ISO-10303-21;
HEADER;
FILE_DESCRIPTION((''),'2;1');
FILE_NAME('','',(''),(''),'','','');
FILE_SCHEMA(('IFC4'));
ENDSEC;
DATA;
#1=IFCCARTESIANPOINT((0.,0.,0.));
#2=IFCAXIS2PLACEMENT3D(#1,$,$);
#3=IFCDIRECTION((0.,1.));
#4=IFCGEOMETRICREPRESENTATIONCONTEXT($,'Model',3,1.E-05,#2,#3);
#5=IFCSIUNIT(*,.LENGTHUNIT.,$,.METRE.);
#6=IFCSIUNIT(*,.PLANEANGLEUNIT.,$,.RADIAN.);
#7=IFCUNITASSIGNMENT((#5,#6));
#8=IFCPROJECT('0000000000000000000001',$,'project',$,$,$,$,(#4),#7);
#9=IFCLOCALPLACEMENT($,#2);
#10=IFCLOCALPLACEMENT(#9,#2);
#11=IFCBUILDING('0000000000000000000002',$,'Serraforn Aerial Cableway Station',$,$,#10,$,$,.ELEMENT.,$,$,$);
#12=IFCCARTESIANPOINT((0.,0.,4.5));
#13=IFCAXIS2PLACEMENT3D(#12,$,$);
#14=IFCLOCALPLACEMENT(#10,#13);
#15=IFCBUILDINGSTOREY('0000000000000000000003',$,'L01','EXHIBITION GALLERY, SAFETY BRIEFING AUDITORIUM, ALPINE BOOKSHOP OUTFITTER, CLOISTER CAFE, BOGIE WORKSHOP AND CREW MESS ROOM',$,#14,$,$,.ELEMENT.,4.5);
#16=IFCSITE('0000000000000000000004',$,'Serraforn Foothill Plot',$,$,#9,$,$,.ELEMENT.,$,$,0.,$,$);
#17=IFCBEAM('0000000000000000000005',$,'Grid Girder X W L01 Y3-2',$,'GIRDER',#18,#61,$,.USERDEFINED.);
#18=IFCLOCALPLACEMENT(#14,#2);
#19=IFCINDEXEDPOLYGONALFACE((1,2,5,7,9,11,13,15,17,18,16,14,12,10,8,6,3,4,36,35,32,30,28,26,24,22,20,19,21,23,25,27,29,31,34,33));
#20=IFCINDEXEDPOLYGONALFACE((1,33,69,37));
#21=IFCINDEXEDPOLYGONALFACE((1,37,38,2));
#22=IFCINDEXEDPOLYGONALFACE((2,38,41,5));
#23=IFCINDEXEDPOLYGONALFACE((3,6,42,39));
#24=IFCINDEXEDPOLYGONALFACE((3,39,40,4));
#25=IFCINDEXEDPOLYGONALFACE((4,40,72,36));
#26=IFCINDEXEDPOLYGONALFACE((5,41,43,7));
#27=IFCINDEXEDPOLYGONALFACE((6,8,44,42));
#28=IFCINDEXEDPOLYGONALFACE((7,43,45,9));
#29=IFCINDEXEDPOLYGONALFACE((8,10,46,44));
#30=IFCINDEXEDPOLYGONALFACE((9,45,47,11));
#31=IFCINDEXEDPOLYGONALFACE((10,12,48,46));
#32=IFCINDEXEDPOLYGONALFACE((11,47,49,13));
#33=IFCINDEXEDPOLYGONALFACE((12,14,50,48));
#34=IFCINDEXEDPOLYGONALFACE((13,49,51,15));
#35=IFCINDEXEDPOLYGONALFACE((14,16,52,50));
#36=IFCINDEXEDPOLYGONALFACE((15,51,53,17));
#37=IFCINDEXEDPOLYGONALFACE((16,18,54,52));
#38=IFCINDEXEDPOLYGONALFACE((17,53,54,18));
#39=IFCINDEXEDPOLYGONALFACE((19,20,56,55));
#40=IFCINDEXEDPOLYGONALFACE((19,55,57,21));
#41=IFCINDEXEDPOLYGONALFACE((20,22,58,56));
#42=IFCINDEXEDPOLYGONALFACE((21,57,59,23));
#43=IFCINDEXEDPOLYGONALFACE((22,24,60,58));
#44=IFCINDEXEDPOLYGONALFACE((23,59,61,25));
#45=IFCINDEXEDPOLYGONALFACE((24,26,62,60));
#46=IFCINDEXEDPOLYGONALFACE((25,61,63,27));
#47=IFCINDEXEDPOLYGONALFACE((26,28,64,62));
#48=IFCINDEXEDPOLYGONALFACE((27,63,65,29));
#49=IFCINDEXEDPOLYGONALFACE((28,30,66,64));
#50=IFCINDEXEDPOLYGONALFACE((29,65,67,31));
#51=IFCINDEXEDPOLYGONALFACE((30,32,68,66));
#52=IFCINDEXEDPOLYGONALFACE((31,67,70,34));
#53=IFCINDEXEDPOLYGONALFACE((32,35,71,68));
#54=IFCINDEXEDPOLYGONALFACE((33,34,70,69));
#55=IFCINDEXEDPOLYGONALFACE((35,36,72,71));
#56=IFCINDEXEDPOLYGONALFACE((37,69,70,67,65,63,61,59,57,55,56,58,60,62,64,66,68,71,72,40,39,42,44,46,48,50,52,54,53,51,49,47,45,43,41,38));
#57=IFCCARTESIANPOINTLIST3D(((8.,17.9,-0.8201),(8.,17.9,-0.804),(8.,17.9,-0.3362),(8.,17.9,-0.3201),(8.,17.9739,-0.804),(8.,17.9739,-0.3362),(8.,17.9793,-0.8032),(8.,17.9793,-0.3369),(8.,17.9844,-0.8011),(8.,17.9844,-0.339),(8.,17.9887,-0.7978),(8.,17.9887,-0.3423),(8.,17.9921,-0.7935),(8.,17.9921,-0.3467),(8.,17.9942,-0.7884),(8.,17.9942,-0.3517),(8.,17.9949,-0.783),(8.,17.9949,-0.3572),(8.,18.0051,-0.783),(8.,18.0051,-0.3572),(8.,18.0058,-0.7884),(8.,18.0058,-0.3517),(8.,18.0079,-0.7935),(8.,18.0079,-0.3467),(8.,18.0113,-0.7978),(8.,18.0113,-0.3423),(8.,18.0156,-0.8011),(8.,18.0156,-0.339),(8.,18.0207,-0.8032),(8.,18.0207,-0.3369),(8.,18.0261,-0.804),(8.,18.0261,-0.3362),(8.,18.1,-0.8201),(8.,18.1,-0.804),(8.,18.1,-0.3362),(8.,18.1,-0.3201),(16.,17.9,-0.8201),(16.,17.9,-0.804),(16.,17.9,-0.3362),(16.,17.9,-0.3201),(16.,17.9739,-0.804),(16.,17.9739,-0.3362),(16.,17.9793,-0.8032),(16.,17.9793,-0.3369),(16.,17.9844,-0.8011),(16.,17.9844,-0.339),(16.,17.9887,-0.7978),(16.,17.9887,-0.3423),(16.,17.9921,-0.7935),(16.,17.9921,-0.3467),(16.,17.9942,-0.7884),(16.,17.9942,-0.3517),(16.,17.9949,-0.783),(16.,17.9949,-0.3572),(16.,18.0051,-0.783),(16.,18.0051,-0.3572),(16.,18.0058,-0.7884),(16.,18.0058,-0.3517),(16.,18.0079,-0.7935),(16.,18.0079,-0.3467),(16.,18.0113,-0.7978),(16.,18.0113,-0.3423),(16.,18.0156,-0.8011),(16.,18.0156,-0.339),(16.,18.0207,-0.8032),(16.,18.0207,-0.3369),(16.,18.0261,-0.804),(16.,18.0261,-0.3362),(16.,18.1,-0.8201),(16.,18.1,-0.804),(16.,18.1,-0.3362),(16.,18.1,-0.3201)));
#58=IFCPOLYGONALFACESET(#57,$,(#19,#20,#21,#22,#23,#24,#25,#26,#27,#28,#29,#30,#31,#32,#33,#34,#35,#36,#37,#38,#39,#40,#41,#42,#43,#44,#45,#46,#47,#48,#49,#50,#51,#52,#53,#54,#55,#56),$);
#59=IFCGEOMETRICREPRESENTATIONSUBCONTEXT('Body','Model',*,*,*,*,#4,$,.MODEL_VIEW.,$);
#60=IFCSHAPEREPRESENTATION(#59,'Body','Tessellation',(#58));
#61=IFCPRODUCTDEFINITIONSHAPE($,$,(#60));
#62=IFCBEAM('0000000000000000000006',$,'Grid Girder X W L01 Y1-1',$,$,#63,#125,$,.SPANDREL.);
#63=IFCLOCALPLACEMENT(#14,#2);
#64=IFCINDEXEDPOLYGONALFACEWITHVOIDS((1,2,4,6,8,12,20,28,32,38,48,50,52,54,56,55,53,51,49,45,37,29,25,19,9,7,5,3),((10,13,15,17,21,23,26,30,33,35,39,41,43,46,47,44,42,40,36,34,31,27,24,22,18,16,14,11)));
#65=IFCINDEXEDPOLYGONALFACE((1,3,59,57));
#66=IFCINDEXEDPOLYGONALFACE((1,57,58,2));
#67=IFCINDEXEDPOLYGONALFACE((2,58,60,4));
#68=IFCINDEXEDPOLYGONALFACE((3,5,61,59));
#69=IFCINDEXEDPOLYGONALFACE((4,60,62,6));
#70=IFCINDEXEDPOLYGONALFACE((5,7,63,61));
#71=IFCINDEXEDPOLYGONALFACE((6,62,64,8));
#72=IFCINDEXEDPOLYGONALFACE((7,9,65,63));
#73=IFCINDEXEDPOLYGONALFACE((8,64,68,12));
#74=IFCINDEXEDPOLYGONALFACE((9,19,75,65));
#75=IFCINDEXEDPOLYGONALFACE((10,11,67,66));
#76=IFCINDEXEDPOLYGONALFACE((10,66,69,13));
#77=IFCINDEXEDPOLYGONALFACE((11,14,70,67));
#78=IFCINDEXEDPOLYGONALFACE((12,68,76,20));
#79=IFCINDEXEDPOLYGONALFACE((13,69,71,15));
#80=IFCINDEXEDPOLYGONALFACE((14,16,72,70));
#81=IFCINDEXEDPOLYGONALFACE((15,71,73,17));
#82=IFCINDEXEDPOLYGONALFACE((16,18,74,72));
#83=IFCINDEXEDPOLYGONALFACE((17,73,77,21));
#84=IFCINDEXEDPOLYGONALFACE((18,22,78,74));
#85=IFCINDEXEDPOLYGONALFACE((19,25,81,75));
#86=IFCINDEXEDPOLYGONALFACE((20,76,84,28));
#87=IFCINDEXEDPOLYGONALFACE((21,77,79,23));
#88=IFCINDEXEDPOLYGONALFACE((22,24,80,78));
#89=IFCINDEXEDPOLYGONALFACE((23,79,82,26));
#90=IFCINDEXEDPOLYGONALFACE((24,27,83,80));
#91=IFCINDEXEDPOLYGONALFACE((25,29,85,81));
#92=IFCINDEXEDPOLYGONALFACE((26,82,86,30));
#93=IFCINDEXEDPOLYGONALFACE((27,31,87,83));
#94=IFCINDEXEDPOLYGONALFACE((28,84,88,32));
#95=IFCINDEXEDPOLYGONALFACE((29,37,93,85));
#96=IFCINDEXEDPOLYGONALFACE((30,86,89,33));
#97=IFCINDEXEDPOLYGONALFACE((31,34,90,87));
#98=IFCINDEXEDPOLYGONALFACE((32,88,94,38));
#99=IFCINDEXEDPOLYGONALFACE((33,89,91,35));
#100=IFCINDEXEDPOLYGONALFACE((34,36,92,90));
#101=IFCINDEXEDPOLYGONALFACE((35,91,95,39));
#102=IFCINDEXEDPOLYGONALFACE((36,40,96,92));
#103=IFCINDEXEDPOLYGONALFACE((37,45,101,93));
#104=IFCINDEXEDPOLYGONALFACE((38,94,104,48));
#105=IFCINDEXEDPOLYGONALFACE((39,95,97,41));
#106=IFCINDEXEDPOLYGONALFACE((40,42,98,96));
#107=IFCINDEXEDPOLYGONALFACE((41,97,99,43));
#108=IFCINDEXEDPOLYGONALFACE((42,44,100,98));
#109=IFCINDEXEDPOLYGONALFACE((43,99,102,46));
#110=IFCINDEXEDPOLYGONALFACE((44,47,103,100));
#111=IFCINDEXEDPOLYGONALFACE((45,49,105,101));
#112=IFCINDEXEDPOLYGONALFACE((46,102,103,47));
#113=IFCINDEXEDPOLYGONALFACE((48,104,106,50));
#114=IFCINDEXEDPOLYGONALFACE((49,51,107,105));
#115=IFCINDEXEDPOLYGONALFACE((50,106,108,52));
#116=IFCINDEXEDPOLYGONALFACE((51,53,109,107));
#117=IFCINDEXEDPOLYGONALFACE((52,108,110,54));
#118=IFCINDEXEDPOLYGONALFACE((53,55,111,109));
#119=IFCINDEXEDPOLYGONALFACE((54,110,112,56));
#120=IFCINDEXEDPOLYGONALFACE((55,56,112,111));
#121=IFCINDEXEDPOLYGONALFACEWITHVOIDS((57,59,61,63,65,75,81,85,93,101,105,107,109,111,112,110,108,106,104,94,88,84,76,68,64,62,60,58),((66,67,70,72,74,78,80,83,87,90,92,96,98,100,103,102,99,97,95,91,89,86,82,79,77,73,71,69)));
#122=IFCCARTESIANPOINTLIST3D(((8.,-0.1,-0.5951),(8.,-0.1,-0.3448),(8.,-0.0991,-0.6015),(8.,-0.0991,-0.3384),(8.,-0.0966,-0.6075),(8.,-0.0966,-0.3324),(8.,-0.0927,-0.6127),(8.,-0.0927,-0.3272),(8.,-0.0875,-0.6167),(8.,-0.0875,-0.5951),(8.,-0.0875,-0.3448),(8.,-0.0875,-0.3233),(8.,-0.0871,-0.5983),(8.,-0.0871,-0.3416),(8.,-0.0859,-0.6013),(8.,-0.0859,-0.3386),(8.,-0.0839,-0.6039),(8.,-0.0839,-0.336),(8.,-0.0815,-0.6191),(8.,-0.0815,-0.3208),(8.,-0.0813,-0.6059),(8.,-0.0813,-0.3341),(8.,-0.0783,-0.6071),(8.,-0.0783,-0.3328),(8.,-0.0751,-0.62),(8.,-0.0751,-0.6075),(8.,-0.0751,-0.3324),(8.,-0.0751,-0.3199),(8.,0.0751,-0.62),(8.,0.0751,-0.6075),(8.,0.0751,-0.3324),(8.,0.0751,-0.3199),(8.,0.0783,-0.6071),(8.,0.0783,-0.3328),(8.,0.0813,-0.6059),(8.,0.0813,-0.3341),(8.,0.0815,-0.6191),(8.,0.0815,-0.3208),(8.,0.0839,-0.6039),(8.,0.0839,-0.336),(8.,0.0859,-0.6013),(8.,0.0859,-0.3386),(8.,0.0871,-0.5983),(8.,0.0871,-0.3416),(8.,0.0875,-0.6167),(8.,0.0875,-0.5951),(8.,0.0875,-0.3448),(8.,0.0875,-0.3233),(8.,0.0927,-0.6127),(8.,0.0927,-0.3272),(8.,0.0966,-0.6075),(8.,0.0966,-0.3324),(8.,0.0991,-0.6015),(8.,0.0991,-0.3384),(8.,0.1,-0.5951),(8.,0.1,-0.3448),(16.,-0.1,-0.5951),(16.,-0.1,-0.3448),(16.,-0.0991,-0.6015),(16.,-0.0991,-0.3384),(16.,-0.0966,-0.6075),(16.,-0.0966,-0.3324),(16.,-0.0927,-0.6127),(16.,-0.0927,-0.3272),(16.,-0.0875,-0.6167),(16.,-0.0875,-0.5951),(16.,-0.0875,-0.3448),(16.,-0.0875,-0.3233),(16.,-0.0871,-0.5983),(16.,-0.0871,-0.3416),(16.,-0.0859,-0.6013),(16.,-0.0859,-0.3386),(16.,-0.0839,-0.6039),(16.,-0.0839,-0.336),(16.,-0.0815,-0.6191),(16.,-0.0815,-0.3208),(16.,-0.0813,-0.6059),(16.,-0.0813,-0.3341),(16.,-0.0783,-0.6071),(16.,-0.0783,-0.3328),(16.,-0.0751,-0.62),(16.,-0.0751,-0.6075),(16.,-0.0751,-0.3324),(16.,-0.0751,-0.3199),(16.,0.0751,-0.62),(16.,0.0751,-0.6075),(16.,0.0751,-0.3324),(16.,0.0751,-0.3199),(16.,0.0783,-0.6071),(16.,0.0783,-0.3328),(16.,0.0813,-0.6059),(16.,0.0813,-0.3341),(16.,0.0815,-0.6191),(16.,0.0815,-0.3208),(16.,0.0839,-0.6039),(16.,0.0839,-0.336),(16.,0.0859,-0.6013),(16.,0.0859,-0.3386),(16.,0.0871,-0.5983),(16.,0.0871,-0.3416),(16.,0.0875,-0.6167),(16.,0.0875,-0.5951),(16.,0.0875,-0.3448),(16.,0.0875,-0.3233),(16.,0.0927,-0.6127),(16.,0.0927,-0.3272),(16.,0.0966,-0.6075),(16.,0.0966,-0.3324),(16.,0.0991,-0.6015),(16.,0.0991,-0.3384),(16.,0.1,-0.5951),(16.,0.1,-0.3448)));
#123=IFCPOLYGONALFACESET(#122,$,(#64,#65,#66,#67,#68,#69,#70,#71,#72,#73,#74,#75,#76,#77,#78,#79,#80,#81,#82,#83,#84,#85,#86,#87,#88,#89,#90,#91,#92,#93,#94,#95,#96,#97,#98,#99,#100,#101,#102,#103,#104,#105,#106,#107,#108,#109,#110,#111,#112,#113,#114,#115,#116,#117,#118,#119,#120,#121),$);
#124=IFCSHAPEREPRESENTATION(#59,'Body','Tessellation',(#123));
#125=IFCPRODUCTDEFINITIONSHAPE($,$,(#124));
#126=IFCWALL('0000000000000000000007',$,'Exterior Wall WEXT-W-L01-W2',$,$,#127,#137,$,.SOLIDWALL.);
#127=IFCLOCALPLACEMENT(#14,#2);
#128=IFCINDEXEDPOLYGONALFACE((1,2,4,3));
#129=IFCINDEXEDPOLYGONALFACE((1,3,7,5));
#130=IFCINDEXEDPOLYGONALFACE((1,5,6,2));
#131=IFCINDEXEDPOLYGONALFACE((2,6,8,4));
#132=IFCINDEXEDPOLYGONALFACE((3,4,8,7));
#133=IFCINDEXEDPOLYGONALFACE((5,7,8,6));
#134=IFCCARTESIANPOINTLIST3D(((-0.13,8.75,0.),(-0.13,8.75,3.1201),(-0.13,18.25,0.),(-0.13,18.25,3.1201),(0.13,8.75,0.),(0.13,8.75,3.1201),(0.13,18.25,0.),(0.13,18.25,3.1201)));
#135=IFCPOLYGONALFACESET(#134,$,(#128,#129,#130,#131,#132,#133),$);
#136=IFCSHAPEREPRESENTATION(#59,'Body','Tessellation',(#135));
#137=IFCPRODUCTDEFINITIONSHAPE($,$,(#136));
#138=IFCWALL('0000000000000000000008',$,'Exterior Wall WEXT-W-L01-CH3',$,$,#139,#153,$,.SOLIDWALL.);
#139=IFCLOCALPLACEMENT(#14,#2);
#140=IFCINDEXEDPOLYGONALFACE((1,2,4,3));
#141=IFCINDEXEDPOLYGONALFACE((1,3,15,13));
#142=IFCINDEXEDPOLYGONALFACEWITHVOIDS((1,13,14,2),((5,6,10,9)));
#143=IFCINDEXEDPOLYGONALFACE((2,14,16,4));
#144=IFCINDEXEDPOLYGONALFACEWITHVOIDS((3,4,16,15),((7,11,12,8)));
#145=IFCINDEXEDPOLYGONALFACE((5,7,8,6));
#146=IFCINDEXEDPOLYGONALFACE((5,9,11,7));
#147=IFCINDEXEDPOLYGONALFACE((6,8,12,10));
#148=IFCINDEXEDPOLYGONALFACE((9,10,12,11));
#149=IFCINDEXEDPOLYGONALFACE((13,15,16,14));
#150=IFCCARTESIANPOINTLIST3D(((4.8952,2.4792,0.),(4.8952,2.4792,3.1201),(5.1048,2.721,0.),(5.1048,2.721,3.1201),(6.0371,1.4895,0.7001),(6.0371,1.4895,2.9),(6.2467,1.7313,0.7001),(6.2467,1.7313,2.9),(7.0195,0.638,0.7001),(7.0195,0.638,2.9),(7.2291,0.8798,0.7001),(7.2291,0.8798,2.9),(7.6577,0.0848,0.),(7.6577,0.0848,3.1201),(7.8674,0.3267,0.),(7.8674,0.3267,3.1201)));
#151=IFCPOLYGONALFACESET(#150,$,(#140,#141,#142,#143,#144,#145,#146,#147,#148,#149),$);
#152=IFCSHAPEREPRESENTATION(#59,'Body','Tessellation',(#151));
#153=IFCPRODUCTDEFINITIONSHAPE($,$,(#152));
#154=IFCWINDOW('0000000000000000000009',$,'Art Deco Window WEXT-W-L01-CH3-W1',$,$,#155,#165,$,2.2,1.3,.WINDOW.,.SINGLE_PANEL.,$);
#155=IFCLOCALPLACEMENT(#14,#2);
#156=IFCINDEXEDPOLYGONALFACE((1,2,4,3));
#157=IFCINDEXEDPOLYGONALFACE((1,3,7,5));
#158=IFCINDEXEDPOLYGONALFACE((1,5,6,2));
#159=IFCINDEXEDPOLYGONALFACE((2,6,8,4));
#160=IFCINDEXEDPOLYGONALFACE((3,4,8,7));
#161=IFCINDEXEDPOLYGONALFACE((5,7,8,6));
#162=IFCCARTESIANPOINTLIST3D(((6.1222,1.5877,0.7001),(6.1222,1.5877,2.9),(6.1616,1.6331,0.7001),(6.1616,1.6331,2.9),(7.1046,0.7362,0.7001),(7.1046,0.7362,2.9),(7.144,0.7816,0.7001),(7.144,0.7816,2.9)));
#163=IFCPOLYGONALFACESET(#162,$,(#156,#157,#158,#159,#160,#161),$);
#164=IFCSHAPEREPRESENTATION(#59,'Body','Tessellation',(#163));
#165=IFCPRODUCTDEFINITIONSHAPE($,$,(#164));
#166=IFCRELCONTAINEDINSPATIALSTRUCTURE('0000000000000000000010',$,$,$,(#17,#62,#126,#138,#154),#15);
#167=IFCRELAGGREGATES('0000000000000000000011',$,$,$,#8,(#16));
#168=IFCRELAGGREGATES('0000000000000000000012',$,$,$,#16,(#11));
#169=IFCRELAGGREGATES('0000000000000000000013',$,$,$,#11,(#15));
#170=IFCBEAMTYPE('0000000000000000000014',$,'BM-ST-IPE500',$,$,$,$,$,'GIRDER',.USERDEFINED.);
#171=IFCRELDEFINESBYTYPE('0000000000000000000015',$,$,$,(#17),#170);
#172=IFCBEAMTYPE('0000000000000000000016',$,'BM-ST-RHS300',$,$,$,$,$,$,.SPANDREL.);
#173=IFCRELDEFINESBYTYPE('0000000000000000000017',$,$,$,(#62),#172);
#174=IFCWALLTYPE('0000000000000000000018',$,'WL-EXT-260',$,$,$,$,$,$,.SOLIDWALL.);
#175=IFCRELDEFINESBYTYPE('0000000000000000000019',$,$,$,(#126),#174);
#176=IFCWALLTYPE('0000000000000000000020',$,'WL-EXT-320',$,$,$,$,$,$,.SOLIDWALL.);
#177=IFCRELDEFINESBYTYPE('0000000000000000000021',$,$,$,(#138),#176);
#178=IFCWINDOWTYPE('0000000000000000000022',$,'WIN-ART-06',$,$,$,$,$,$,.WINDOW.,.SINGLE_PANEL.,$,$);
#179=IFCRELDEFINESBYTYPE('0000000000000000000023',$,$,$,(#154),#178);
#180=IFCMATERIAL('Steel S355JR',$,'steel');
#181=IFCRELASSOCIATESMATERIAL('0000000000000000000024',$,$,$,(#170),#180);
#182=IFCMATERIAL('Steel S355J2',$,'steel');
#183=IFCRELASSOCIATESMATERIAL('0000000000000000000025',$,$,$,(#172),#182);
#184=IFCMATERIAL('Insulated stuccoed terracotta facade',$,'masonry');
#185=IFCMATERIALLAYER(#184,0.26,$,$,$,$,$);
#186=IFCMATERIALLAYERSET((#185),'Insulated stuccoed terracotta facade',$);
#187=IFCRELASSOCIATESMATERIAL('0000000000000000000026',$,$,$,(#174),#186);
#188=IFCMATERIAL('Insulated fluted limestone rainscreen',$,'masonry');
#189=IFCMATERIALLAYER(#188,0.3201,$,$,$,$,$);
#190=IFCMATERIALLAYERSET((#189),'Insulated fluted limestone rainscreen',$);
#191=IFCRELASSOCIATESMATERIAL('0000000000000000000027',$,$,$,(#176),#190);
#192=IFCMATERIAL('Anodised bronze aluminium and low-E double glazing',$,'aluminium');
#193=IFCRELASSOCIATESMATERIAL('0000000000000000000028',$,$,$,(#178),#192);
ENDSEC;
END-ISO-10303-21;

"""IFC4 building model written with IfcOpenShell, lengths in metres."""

from ifc_helpers import new_model, si_unit, direction, frame, frame_2d, origin, origin_2d, place, context, subcontext, project, spatial, rectangle, hollow_rectangle, i_section, extrude, material, layer, layer_set, material_profile, profile_set, type_object, element, fill, save


model = new_model("IFC4")

# Units and contexts
model_context = context("Model", 3, precision=1e-05, world=origin(), true_north=direction((0.0, 1.0)))
body_context = subcontext(model_context, "Body", "Model", "MODEL_VIEW")
ifc_project = project(units=[si_unit("LENGTHUNIT", "METRE"), si_unit("PLANEANGLEUNIT", "RADIAN")], contexts=[model_context])

# Site, building, storey
site_placement = place(None, origin())
site = spatial("IfcSite", under=ifc_project, at=site_placement, Name="Serraforn Foothill Plot", CompositionType="ELEMENT", RefElevation=0.0)
building_placement = place(site_placement, origin())
building = spatial("IfcBuilding", under=site, at=building_placement, Name="Serraforn Aerial Cableway Station", CompositionType="ELEMENT")
storey_placement = place(building_placement, frame((0.0, 0.0, 4.5)))
storey = spatial("IfcBuildingStorey", under=building, at=storey_placement, Name="L01", Description="EXHIBITION GALLERY, SAFETY BRIEFING AUDITORIUM, ALPINE BOOKSHOP OUTFITTER, CLOISTER CAFE, BOGIE WORKSHOP AND CREW MESS ROOM", CompositionType="ELEMENT", Elevation=4.5)

# Beams
ifc_material_1 = material(Name="Steel S355JR", Category="steel")
ifc_material_2 = material(Name="Steel S355J2", Category="steel")
ifc_material_profile_1 = material_profile(ifc_material_1, i_section(OverallWidth=0.2, OverallDepth=0.5, WebThickness=0.0103, FlangeThickness=0.0161, FilletRadius=0.021, at=origin_2d()), Name="IPE 500")
ifc_profile_set_1 = profile_set([ifc_material_profile_1], Name="Steel S355JR")
beam_type_1 = type_object("IfcBeamType", Name="BM-ST-IPE500", ElementType="GIRDER", PredefinedType="USERDEFINED", material=ifc_profile_set_1)
beam_1_placement = place(storey_placement, frame((8.0, 18.0, -0.5701), z_axis=(1.0, 0.0, 0.0), x_axis=(0.0, 1.0, 0.0)))
element("IfcBeam", 1, at=beam_1_placement, inside=storey, type_object=beam_type_1, Name="Grid Girder X W L01 Y3-2", ObjectType="GIRDER", PredefinedType="USERDEFINED", context=body_context, shape_type="SweptSolid", body=[
    extrude(i_section(OverallWidth=0.2, OverallDepth=0.5, WebThickness=0.0103, FlangeThickness=0.0161, FilletRadius=0.021, at=origin_2d()), origin(), (0.0, 0.0, 1.0), 8.0),
])
ifc_material_profile_2 = material_profile(ifc_material_2, hollow_rectangle(XDim=0.2, YDim=0.3, WallThickness=0.0125, InnerFilletRadius=0.0125, OuterFilletRadius=0.0249, at=origin_2d()), Name="RHS 300x200x12.5")
ifc_profile_set_2 = profile_set([ifc_material_profile_2], Name="Steel S355J2")
beam_type_2 = type_object("IfcBeamType", Name="BM-ST-RHS300", PredefinedType="SPANDREL", material=ifc_profile_set_2)
beam_2_placement = place(storey_placement, frame((8.0, 0.0, -0.47), z_axis=(1.0, 0.0, 0.0), x_axis=(0.0, 1.0, 0.0)))
element("IfcBeam", 2, at=beam_2_placement, inside=storey, type_object=beam_type_2, Name="Grid Girder X W L01 Y1-1", PredefinedType="SPANDREL", context=body_context, shape_type="SweptSolid", body=[
    extrude(hollow_rectangle(XDim=0.2, YDim=0.3, WallThickness=0.0125, InnerFilletRadius=0.0125, OuterFilletRadius=0.0249, at=origin_2d()), origin(), (0.0, 0.0, 1.0), 8.0),
])

# Wall
ifc_material_3 = material(Name="Insulated stuccoed terracotta facade", Category="masonry")
ifc_layer_1 = layer(ifc_material_3, 0.26)
ifc_layer_set_1 = layer_set([ifc_layer_1], Name="Insulated stuccoed terracotta facade")
wall_type_1 = type_object("IfcWallType", Name="WL-EXT-260", PredefinedType="SOLIDWALL", material=ifc_layer_set_1)
wall_1_placement = place(storey_placement, frame((0.0, 18.25, 0.0), z_axis=(0.0, 0.0, 1.0), x_axis=(0.0, -1.0, 0.0)))
element("IfcWall", 3, at=wall_1_placement, inside=storey, type_object=wall_type_1, Name="Exterior Wall WEXT-W-L01-W2", PredefinedType="SOLIDWALL", context=body_context, shape_type="SweptSolid", body=[
    extrude(rectangle(XDim=9.5, YDim=0.26, at=frame_2d((4.75, 0.0))), origin(), (0.0, 0.0, 1.0), 3.1201),
])

# Wall, opening, window
ifc_material_4 = material(Name="Insulated fluted limestone rainscreen", Category="masonry")
ifc_layer_2 = layer(ifc_material_4, 0.3201)
ifc_layer_set_2 = layer_set([ifc_layer_2], Name="Insulated fluted limestone rainscreen")
wall_type_2 = type_object("IfcWallType", Name="WL-EXT-320", PredefinedType="SOLIDWALL", material=ifc_layer_set_2)
wall_2_placement = place(storey_placement, frame((5.0, 2.6001, 0.0), z_axis=(0.0, 0.0, 1.0), x_axis=(0.755667, -0.654956, 0.0)))
wall_2 = element("IfcWall", 4, at=wall_2_placement, inside=storey, type_object=wall_type_2, Name="Exterior Wall WEXT-W-L01-CH3", PredefinedType="SOLIDWALL", context=body_context, shape_type="SweptSolid", body=[
    extrude(rectangle(XDim=3.6558, YDim=0.3201, at=frame_2d((1.8279, 0.0))), origin(), (0.0, 0.0, 1.0), 3.1201),
])
opening_1_placement = place(wall_2_placement, frame((1.5112, 0.0, 0.7)))
opening_1 = element("IfcOpeningElement", 5, at=opening_1_placement, cuts=wall_2, PredefinedType="OPENING", context=body_context, shape_type="SweptSolid", body=[
    extrude(rectangle(XDim=1.3, YDim=2.2, at=frame_2d((0.6499, 1.1001))), frame((0.0, 0.1699, 0.0), z_axis=(0.0, -1.0, 0.0), x_axis=(1.0, 0.0, 0.0)), (0.0, 0.0, 1.0), 0.3401),
])
ifc_material_5 = material(Name="Anodised bronze aluminium and low-E double glazing", Category="aluminium")
window_type_1 = type_object("IfcWindowType", Name="WIN-ART-06", PartitioningType="SINGLE_PANEL", PredefinedType="WINDOW", material=ifc_material_5)
window_1_placement = place(opening_1_placement, origin())
window_1 = element("IfcWindow", 6, at=window_1_placement, inside=storey, type_object=window_type_1, Name="Art Deco Window WEXT-W-L01-CH3-W1", OverallHeight=2.2, OverallWidth=1.3, PartitioningType="SINGLE_PANEL", PredefinedType="WINDOW", context=body_context, shape_type="SweptSolid", body=[
    extrude(rectangle(XDim=1.3, YDim=2.2, at=frame_2d((0.6499, 1.1001))), frame((0.0, 0.03, 0.0), z_axis=(0.0, -1.0, 0.0), x_axis=(1.0, 0.0, 0.0)), (0.0, 0.0, 1.0), 0.0601),
])
fill(opening_1, window_1)

save(model, "model.ifc")
